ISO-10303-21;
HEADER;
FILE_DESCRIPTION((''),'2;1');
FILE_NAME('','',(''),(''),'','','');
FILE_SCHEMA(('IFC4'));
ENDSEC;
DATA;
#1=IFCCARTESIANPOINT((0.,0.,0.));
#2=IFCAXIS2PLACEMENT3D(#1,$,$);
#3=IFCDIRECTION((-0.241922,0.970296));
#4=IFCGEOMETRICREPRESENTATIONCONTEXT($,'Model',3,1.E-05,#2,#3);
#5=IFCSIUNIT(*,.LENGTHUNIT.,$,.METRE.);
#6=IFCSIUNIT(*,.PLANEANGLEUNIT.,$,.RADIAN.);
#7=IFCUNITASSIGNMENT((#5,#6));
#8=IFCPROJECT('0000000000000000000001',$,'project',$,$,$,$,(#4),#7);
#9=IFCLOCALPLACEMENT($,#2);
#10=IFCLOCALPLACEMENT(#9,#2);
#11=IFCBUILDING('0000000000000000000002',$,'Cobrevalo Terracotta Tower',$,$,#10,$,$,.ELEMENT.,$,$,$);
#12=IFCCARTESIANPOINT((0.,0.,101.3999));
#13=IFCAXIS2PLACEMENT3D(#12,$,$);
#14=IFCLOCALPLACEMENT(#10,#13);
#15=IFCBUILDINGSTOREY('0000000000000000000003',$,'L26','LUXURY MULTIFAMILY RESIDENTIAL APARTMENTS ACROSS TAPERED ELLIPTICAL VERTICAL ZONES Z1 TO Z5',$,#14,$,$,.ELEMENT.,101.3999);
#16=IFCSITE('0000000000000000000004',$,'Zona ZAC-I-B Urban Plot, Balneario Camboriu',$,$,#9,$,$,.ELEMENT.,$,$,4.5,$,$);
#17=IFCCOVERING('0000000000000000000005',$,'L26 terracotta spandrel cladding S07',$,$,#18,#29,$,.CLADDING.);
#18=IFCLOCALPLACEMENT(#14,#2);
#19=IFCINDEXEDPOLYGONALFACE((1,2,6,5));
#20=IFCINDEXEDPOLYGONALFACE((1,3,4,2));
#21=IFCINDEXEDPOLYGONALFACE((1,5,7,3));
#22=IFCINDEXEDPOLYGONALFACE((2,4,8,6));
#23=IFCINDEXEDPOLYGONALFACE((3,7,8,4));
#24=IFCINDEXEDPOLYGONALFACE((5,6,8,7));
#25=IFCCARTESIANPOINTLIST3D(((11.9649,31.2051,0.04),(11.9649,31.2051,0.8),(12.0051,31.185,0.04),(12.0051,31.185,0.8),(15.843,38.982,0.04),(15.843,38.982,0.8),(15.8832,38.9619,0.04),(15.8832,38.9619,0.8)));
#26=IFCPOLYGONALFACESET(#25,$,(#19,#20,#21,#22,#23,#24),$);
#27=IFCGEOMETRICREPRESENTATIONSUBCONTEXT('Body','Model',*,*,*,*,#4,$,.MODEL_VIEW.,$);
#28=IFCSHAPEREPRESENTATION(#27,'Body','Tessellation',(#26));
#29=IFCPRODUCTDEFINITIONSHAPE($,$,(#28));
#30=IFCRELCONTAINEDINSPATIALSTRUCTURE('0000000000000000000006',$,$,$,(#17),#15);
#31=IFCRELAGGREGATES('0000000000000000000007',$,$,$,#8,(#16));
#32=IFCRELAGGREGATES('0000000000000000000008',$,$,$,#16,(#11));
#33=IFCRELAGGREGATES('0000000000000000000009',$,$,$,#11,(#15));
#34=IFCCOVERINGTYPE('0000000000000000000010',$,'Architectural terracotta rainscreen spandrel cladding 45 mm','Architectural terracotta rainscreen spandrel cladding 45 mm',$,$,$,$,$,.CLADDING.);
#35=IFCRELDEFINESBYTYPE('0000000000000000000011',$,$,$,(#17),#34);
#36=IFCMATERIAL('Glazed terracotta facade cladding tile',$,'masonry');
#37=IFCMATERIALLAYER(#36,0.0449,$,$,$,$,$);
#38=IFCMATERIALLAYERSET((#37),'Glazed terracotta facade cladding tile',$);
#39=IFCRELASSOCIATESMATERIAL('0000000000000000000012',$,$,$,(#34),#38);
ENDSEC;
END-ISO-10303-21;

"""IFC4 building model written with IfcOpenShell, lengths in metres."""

from ifc_helpers import new_model, si_unit, direction, frame, origin, origin_2d, place, context, subcontext, project, spatial, rectangle, extrude, source, transform, mapped, material, layer, layer_set, type_object, element, save


model = new_model("IFC4")

# Units and contexts
model_context = context("Model", 3, precision=1e-05, world=origin(), true_north=direction((-0.241922, 0.970296)))
body_context = subcontext(model_context, "Body", "Model", "MODEL_VIEW")
ifc_project = project(units=[si_unit("LENGTHUNIT", "METRE"), si_unit("PLANEANGLEUNIT", "RADIAN")], contexts=[model_context])

# Site, building, storey
site_placement = place(None, origin())
site = spatial("IfcSite", under=ifc_project, at=site_placement, Name="Zona ZAC-I-B Urban Plot, Balneario Camboriu", CompositionType="ELEMENT", RefElevation=4.5)
building_placement = place(site_placement, origin())
building = spatial("IfcBuilding", under=site, at=building_placement, Name="Cobrevalo Terracotta Tower", CompositionType="ELEMENT")
storey_placement = place(building_placement, frame((0.0, 0.0, 101.3999)))
storey = spatial("IfcBuildingStorey", under=building, at=storey_placement, Name="L26", Description="LUXURY MULTIFAMILY RESIDENTIAL APARTMENTS ACROSS TAPERED ELLIPTICAL VERTICAL ZONES Z1 TO Z5", CompositionType="ELEMENT", Elevation=101.3999)

# Covering
ifc_material_1 = material(Name="Glazed terracotta facade cladding tile", Category="masonry")
ifc_layer_1 = layer(ifc_material_1, 0.0449)
ifc_layer_set_1 = layer_set([ifc_layer_1], Name="Glazed terracotta facade cladding tile")
covering_type = type_object("IfcCoveringType", Name="Architectural terracotta rainscreen spandrel cladding 45 mm", Description="Architectural terracotta rainscreen spandrel cladding 45 mm", PredefinedType="CLADDING", material=ifc_layer_set_1)
shared_shape_1 = source(origin(), body_context, "Body", "SweptSolid", [
    extrude(rectangle(XDim=8.6902, YDim=0.0449, at=origin_2d()), origin(), (0.0, 0.0, 1.0), 0.76),
])
covering_placement = place(storey_placement, frame((13.9241, 35.0835, 0.04), z_axis=(0.0, 0.0, 1.0), x_axis=(-0.446262, -0.894902, 0.0)))
element("IfcCovering", 1, at=covering_placement, inside=storey, type_object=covering_type, Name="L26 terracotta spandrel cladding S07", PredefinedType="CLADDING", context=body_context, shape_type="MappedRepresentation", body=[
    mapped(shared_shape_1, transform((0.0, 0.0, 0.0), scale=1.0)),
])

save(model, "model.ifc")
